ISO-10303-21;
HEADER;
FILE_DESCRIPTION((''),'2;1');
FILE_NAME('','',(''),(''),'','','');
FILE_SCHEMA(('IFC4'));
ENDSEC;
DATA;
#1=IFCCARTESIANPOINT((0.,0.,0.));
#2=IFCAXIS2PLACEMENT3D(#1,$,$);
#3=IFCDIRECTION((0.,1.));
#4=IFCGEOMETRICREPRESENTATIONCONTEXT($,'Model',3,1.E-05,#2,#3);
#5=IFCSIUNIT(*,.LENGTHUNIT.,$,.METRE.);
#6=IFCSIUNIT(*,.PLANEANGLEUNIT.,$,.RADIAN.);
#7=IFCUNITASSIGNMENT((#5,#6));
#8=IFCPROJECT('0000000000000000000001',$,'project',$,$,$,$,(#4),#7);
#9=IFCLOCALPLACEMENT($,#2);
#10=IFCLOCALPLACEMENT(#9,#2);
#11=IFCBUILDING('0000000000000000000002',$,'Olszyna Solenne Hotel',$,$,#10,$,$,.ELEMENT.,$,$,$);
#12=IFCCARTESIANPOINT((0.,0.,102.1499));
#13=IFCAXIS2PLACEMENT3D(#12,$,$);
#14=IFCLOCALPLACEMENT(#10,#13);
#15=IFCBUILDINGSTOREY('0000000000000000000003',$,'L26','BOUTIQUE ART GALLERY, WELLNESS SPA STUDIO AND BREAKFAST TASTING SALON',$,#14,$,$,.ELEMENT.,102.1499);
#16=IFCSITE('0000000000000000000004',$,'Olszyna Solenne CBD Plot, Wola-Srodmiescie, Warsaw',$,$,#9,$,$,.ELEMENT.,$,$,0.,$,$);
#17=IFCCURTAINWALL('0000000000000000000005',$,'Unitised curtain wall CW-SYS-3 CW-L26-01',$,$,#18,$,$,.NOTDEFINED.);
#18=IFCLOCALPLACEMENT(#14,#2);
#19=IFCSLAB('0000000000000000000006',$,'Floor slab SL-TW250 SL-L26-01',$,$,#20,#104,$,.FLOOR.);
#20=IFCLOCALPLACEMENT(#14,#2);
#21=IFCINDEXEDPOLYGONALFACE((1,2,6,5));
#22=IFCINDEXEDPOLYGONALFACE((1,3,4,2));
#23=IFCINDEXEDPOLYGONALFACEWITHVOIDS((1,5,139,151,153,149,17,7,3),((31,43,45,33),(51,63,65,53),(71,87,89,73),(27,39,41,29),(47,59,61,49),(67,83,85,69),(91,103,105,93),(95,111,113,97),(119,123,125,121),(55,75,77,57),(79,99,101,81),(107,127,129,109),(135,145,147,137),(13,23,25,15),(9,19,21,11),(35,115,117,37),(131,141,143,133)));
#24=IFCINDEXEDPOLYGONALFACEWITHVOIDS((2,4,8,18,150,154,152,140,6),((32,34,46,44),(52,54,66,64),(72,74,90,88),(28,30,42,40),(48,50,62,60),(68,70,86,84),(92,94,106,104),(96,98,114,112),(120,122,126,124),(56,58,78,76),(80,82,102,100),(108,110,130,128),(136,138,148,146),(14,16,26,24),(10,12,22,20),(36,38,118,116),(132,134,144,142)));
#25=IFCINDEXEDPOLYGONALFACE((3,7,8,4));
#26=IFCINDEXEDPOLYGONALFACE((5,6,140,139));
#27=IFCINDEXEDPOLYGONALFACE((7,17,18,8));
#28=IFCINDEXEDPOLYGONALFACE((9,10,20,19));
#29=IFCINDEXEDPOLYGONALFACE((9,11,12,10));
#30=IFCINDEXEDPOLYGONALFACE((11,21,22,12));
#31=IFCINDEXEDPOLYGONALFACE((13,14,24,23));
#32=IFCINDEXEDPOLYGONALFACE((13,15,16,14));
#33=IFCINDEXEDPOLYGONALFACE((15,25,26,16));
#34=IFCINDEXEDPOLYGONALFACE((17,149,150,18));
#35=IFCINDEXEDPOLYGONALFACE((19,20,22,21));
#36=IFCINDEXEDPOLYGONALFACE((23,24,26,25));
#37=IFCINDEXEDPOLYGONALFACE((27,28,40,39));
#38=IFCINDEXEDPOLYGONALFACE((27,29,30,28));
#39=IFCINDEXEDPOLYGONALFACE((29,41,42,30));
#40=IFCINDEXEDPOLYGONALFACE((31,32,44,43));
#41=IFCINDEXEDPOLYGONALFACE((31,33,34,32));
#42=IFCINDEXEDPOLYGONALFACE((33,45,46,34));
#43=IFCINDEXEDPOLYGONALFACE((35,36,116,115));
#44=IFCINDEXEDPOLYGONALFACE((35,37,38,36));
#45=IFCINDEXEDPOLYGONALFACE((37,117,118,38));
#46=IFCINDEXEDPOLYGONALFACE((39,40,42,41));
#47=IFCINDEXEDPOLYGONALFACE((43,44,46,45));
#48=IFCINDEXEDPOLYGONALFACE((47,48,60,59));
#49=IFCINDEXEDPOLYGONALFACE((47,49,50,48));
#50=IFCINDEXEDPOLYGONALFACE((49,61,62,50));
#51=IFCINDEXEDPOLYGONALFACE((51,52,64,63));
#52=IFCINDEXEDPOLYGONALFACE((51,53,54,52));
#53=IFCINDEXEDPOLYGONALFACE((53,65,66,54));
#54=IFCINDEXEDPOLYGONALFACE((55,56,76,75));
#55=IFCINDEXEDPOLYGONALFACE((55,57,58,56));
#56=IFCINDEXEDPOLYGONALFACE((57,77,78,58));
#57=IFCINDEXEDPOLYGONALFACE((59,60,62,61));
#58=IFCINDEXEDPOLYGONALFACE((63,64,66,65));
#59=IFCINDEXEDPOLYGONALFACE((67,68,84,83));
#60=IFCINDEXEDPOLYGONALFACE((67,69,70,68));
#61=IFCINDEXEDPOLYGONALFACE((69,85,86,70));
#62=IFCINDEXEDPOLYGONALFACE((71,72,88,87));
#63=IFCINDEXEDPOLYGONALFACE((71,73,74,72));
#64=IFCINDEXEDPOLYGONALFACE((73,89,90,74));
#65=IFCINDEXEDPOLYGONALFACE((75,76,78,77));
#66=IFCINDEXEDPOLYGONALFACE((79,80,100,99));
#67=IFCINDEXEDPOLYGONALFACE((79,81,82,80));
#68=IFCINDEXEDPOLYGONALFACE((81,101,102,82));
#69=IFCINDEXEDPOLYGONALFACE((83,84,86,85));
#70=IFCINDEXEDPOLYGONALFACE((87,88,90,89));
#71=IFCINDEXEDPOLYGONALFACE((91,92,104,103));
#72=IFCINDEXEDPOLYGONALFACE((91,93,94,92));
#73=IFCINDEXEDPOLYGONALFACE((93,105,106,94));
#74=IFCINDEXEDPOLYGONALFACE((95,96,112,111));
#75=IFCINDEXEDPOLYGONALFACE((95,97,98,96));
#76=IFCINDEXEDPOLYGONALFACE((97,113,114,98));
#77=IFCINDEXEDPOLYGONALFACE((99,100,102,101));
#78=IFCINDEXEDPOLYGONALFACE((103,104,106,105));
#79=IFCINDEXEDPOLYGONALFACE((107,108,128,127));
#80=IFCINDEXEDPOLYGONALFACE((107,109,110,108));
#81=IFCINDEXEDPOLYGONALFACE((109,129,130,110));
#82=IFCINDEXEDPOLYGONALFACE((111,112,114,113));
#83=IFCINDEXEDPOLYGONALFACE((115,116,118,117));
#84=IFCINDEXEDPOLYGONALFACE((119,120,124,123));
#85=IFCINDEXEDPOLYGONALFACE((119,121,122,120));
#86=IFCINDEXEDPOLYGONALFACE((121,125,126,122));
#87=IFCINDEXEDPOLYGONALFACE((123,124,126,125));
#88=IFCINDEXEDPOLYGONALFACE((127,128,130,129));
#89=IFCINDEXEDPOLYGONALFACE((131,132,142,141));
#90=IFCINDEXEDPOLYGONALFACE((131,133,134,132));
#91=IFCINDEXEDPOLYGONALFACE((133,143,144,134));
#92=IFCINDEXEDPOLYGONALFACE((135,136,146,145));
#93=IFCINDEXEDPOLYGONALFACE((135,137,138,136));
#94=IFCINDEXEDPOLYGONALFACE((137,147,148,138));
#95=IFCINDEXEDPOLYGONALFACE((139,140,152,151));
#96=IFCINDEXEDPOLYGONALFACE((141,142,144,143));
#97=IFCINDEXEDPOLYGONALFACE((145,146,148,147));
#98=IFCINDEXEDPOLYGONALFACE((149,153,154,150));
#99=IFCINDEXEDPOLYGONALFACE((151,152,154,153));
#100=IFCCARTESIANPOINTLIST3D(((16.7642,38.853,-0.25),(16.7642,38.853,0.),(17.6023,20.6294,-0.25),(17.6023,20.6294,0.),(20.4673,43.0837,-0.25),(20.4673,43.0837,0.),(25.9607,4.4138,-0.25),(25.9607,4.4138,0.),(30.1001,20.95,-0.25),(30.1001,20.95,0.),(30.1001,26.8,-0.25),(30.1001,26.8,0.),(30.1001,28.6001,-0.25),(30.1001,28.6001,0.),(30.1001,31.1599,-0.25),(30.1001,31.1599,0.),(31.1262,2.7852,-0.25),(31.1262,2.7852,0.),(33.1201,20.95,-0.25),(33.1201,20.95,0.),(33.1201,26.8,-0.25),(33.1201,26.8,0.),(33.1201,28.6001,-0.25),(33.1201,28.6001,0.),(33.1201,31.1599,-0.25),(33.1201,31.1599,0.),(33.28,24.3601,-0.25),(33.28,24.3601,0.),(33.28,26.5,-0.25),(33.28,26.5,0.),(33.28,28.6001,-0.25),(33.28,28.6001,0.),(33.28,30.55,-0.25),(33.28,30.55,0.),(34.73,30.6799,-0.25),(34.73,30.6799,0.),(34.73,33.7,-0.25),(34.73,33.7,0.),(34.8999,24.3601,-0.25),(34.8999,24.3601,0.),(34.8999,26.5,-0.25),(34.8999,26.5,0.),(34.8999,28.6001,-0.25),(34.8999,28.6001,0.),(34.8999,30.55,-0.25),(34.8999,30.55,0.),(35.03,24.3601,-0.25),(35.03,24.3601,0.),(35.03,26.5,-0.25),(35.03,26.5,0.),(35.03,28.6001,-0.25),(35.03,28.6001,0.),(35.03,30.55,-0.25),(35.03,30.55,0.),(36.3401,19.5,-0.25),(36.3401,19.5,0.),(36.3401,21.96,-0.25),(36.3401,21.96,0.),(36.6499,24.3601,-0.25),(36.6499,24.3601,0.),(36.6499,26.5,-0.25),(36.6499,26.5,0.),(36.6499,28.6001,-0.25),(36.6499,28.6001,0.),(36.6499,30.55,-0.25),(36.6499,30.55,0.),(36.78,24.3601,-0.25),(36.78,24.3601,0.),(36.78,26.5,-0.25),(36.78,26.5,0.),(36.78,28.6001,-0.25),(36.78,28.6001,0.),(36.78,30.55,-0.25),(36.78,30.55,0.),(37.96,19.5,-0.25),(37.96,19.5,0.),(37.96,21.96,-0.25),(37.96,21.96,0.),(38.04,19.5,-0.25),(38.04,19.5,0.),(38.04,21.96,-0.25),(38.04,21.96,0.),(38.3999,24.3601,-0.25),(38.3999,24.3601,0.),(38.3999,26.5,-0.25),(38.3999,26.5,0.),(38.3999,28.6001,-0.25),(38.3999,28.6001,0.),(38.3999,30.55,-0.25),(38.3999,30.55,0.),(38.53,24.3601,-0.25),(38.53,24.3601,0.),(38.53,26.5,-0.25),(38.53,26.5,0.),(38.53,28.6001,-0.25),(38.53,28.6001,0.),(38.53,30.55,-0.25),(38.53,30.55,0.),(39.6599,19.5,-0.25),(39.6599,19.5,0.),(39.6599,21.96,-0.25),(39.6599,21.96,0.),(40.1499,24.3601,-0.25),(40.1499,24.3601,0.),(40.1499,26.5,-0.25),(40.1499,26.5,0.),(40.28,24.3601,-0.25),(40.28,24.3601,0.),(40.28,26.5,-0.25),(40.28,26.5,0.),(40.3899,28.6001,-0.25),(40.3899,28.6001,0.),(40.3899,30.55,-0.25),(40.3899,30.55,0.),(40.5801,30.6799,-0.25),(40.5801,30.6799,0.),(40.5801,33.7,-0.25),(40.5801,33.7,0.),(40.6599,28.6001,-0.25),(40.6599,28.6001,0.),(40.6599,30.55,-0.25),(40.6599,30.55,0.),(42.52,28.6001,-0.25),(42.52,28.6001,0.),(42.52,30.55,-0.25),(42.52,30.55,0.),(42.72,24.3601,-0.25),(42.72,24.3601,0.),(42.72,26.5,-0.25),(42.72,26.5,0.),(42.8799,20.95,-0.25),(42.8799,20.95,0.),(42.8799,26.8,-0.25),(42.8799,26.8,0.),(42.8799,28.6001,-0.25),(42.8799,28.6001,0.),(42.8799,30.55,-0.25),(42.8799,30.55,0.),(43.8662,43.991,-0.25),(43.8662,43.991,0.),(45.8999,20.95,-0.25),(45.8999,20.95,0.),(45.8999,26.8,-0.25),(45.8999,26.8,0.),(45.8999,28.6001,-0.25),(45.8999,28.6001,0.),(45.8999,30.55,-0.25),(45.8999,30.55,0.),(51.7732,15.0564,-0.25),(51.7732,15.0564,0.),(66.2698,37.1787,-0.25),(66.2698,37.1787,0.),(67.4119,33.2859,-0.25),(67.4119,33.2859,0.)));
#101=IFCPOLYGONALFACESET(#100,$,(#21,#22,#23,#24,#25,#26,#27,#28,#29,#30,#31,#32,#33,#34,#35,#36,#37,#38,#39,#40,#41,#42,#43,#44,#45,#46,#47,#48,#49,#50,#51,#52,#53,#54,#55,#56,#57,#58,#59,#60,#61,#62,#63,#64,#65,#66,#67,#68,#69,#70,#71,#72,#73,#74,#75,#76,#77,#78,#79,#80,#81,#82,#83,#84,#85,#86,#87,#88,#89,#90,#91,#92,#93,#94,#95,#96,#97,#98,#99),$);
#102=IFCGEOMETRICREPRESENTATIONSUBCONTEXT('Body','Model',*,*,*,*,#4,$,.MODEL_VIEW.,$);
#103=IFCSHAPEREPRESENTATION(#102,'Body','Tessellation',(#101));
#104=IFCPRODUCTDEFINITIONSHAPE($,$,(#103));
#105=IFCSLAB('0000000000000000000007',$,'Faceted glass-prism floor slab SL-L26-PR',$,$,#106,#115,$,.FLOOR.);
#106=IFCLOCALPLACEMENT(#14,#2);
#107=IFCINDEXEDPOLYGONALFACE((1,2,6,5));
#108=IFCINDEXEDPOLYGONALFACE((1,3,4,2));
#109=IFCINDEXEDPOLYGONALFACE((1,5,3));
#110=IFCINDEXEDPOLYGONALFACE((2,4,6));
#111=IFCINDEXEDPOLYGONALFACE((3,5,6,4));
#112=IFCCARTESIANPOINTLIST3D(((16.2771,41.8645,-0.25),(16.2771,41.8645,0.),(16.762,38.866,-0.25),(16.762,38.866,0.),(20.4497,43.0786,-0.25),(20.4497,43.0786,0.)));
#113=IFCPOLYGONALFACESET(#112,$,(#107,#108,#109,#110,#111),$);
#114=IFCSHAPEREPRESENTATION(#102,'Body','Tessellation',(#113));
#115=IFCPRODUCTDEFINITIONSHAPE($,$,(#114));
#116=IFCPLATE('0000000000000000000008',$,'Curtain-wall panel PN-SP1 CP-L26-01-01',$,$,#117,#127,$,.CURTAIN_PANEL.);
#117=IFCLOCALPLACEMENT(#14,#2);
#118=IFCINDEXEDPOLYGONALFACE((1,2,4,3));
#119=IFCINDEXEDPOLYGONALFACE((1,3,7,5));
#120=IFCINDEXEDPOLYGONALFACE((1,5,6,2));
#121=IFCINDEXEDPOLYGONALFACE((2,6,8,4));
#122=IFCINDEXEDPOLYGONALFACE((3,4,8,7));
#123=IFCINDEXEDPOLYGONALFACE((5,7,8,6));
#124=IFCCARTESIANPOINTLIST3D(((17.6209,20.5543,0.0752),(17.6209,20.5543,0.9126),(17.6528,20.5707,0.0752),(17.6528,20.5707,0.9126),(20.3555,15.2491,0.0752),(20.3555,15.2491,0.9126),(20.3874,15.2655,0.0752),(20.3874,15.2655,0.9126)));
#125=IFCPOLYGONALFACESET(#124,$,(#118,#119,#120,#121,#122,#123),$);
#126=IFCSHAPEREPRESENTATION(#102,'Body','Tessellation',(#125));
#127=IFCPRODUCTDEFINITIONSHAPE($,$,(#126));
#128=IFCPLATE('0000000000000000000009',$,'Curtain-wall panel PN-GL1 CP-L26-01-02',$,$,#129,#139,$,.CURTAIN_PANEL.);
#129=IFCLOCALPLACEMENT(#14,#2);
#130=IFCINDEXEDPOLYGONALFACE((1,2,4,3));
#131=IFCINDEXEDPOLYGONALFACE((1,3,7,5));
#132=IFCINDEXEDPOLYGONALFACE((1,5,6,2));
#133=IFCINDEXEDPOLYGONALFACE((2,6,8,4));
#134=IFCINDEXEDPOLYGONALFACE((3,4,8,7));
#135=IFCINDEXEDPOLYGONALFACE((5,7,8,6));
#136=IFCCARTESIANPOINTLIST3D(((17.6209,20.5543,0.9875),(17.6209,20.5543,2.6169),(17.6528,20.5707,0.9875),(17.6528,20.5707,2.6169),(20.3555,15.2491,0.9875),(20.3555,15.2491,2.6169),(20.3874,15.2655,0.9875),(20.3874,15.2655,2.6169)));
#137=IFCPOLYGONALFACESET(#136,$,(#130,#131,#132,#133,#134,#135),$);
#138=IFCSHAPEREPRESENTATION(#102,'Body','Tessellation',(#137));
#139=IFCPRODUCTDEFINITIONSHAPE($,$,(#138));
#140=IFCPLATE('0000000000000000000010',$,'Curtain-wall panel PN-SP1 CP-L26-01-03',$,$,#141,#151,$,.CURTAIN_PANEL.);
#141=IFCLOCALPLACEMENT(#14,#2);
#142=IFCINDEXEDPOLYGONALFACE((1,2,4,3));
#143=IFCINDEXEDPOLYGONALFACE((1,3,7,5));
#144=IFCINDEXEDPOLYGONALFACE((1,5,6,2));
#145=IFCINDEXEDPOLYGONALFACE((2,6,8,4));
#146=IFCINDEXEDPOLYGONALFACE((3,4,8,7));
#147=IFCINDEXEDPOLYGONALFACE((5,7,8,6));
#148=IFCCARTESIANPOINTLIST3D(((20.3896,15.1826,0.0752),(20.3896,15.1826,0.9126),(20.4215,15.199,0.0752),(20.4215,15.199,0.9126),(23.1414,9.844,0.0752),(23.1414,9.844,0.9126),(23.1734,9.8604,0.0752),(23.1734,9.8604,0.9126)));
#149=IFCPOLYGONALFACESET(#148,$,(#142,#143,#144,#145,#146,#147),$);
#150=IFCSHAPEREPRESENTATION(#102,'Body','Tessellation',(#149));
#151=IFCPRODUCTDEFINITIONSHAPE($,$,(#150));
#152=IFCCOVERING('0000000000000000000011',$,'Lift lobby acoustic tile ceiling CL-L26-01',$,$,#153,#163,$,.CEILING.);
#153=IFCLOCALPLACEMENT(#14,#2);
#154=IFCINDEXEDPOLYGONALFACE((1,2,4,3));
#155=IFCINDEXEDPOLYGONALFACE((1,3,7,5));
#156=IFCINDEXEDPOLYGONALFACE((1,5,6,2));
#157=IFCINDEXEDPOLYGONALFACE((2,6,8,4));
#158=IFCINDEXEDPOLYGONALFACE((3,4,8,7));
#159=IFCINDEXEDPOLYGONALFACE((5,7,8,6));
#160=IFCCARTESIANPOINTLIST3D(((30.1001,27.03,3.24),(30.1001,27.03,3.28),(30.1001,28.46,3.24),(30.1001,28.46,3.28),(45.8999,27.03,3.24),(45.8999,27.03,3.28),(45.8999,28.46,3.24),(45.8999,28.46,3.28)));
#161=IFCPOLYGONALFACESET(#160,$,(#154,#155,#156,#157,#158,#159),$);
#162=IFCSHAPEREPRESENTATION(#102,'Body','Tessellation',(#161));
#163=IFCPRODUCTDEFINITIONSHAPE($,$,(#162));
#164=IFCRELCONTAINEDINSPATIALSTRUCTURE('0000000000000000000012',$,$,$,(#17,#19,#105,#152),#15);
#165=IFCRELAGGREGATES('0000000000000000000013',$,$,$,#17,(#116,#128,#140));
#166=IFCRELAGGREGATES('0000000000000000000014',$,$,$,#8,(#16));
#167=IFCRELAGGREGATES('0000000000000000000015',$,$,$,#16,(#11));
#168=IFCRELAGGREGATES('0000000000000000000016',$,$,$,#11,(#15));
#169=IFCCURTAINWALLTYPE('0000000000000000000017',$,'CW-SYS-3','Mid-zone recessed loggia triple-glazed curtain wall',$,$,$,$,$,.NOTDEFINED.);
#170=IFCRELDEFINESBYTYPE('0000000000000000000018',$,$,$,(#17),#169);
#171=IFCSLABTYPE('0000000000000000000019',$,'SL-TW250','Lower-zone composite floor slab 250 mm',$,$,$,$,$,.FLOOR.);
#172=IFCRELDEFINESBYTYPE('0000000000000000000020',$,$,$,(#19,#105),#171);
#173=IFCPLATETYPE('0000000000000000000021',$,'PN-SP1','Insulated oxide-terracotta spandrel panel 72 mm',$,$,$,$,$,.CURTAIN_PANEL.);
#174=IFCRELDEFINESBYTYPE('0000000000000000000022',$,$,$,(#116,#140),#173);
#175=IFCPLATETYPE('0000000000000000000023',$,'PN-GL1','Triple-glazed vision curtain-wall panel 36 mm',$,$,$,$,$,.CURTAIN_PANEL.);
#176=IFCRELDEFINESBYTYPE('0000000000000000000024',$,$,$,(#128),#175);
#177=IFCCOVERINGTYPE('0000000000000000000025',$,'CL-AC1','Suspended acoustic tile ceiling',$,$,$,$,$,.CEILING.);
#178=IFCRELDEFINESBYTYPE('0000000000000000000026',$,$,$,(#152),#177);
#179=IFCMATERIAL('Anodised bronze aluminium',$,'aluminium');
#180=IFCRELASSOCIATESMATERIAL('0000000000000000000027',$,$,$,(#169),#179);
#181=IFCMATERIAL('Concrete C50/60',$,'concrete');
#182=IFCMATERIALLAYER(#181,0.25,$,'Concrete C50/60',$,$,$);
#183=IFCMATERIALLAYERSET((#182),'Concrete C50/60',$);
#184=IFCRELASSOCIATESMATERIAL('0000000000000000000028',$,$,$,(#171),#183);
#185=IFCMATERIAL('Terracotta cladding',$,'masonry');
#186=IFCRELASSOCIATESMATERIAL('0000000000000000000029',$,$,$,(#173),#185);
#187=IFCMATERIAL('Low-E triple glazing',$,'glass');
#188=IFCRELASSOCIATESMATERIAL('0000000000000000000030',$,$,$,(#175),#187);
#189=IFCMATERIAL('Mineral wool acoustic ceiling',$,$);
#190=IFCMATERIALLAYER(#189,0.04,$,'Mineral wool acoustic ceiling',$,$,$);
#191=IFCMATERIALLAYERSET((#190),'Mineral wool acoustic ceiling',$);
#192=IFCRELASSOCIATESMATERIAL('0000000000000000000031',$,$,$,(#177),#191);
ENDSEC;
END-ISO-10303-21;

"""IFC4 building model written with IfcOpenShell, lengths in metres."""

from ifc_helpers import new_model, si_unit, direction, frame, origin, origin_2d, place, context, subcontext, project, spatial, polyline, rectangle, outline, extrude, source, transform, mapped, material, layer, layer_set, type_object, element, aggregate, save


model = new_model("IFC4")

# Units and contexts
model_context = context("Model", 3, precision=1e-05, world=origin(), true_north=direction((0.0, 1.0)))
body_context = subcontext(model_context, "Body", "Model", "MODEL_VIEW")
ifc_project = project(units=[si_unit("LENGTHUNIT", "METRE"), si_unit("PLANEANGLEUNIT", "RADIAN")], contexts=[model_context])

# Site, building, storey
site_placement = place(None, origin())
site = spatial("IfcSite", under=ifc_project, at=site_placement, Name="Olszyna Solenne CBD Plot, Wola-Srodmiescie, Warsaw", CompositionType="ELEMENT", RefElevation=0.0)
building_placement = place(site_placement, origin())
building = spatial("IfcBuilding", under=site, at=building_placement, Name="Olszyna Solenne Hotel", CompositionType="ELEMENT")
storey_placement = place(building_placement, frame((0.0, 0.0, 102.1499)))
storey = spatial("IfcBuildingStorey", under=building, at=storey_placement, Name="L26", Description="BOUTIQUE ART GALLERY, WELLNESS SPA STUDIO AND BREAKFAST TASTING SALON", CompositionType="ELEMENT", Elevation=102.1499)

# Curtain wall
ifc_material_1 = material(Name="Anodised bronze aluminium", Category="aluminium")
curtain_wall_type = type_object("IfcCurtainWallType", Name="CW-SYS-3", Description="Mid-zone recessed loggia triple-glazed curtain wall", PredefinedType="NOTDEFINED", material=ifc_material_1)
curtain_wall_placement = place(storey_placement, origin())
curtain_wall = element("IfcCurtainWall", 1, at=curtain_wall_placement, inside=storey, type_object=curtain_wall_type, Name="Unitised curtain wall CW-SYS-3 CW-L26-01", PredefinedType="NOTDEFINED")

# Slabs
ifc_material_2 = material(Name="Concrete C50/60", Category="concrete")
ifc_layer_1 = layer(ifc_material_2, 0.25, Name="Concrete C50/60")
ifc_layer_set_1 = layer_set([ifc_layer_1], Name="Concrete C50/60")
slab_type_1 = type_object("IfcSlabType", Name="SL-TW250", Description="Lower-zone composite floor slab 250 mm", PredefinedType="FLOOR", material=ifc_layer_set_1)
slab_1_placement = place(storey_placement, frame((0.0, 0.0, -0.25)))
element("IfcSlab", 2, at=slab_1_placement, inside=storey, type_object=slab_type_1, Name="Floor slab SL-TW250 SL-L26-01", PredefinedType="FLOOR", context=body_context, shape_type="SweptSolid", body=[
    extrude(outline(polyline([(67.4119, 33.2859), (66.2698, 37.1787), (43.8662, 43.991), (20.4673, 43.0837), (16.7642, 38.853), (17.6023, 20.6294), (25.9607, 4.4138), (31.1262, 2.7852), (51.7732, 15.0564), (67.4119, 33.2859)]), holes=[polyline([(30.1001, 20.95), (33.1201, 20.95), (33.1201, 26.8), (30.1001, 26.8), (30.1001, 20.95)]), polyline([(42.8799, 20.95), (45.8999, 20.95), (45.8999, 26.8), (42.8799, 26.8), (42.8799, 20.95)]), polyline([(34.73, 30.6799), (40.5801, 30.6799), (40.5801, 33.7), (34.73, 33.7), (34.73, 30.6799)]), polyline([(36.3401, 19.5), (37.96, 19.5), (37.96, 21.96), (36.3401, 21.96), (36.3401, 19.5)]), polyline([(38.04, 19.5), (39.6599, 19.5), (39.6599, 21.96), (38.04, 21.96), (38.04, 19.5)]), polyline([(30.1001, 28.6001), (33.1201, 28.6001), (33.1201, 31.1599), (30.1001, 31.1599), (30.1001, 28.6001)]), polyline([(33.28, 24.3601), (34.8999, 24.3601), (34.8999, 26.5), (33.28, 26.5), (33.28, 24.3601)]), polyline([(35.03, 24.3601), (36.6499, 24.3601), (36.6499, 26.5), (35.03, 26.5), (35.03, 24.3601)]), polyline([(36.78, 24.3601), (38.3999, 24.3601), (38.3999, 26.5), (36.78, 26.5), (36.78, 24.3601)]), polyline([(38.53, 24.3601), (40.1499, 24.3601), (40.1499, 26.5), (38.53, 26.5), (38.53, 24.3601)]), polyline([(40.28, 24.3601), (42.72, 24.3601), (42.72, 26.5), (40.28, 26.5), (40.28, 24.3601)]), polyline([(33.28, 28.6001), (34.8999, 28.6001), (34.8999, 30.55), (33.28, 30.55), (33.28, 28.6001)]), polyline([(35.03, 28.6001), (36.6499, 28.6001), (36.6499, 30.55), (35.03, 30.55), (35.03, 28.6001)]), polyline([(36.78, 28.6001), (38.3999, 28.6001), (38.3999, 30.55), (36.78, 30.55), (36.78, 28.6001)]), polyline([(38.53, 28.6001), (40.3899, 28.6001), (40.3899, 30.55), (38.53, 30.55), (38.53, 28.6001)]), polyline([(40.6599, 28.6001), (42.52, 28.6001), (42.52, 30.55), (40.6599, 30.55), (40.6599, 28.6001)]), polyline([(42.8799, 28.6001), (45.8999, 28.6001), (45.8999, 30.55), (42.8799, 30.55), (42.8799, 28.6001)])]), origin(), (0.0, 0.0, 1.0), 0.25),
])
slab_2_placement = place(storey_placement, frame((0.0, 0.0, -0.25)))
element("IfcSlab", 3, at=slab_2_placement, inside=storey, type_object=slab_type_1, Name="Faceted glass-prism floor slab SL-L26-PR", PredefinedType="FLOOR", context=body_context, shape_type="SweptSolid", body=[
    extrude(outline(polyline([(16.762, 38.866), (20.4497, 43.0786), (16.2771, 41.8645), (16.762, 38.866)])), origin(), (0.0, 0.0, 1.0), 0.25),
])

# Plates
ifc_material_3 = material(Name="Terracotta cladding", Category="masonry")
plate_type_1 = type_object("IfcPlateType", Name="PN-SP1", Description="Insulated oxide-terracotta spandrel panel 72 mm", PredefinedType="CURTAIN_PANEL", material=ifc_material_3)
shared_shape_1 = source(origin(), body_context, "Body", "SweptSolid", [
    extrude(rectangle(XDim=5.9685, YDim=0.0359, at=origin_2d()), origin(), (0.0, 0.0, 1.0), 0.8374),
])
plate_1_placement = place(storey_placement, frame((19.0042, 17.9099, 0.0752), z_axis=(0.0, 0.0, 1.0), x_axis=(0.458169, -0.888865, 0.0)))
plate_1 = element("IfcPlate", 4, at=plate_1_placement, type_object=plate_type_1, Name="Curtain-wall panel PN-SP1 CP-L26-01-01", PredefinedType="CURTAIN_PANEL", context=body_context, shape_type="MappedRepresentation", body=[
    mapped(shared_shape_1, transform((0.0, 0.0, 0.0), x_axis=(1.0, 0.0, 0.0), y_axis=(0.0, 1.0, 0.0), z_axis=(0.0, 0.0, 1.0), scale=1.0)),
])
ifc_material_4 = material(Name="Low-E triple glazing", Category="glass")
plate_type_2 = type_object("IfcPlateType", Name="PN-GL1", Description="Triple-glazed vision curtain-wall panel 36 mm", PredefinedType="CURTAIN_PANEL", material=ifc_material_4)
shared_shape_2 = source(origin(), body_context, "Body", "SweptSolid", [
    extrude(rectangle(XDim=5.9685, YDim=0.0359, at=origin_2d()), origin(), (0.0, 0.0, 1.0), 1.6294),
])
plate_2_placement = place(storey_placement, frame((19.0042, 17.9099, 0.9875), z_axis=(0.0, 0.0, 1.0), x_axis=(0.458169, -0.888865, 0.0)))
plate_2 = element("IfcPlate", 5, at=plate_2_placement, type_object=plate_type_2, Name="Curtain-wall panel PN-GL1 CP-L26-01-02", PredefinedType="CURTAIN_PANEL", context=body_context, shape_type="MappedRepresentation", body=[
    mapped(shared_shape_2, transform((0.0, 0.0, 0.0), x_axis=(1.0, 0.0, 0.0), y_axis=(0.0, 1.0, 0.0), z_axis=(0.0, 0.0, 1.0), scale=1.0)),
])
shared_shape_3 = source(origin(), body_context, "Body", "SweptSolid", [
    extrude(rectangle(XDim=6.0061, YDim=0.0359, at=origin_2d()), origin(), (0.0, 0.0, 1.0), 0.8374),
])
plate_3_placement = place(storey_placement, frame((21.7815, 12.5215, 0.0752), z_axis=(0.0, 0.0, 1.0), x_axis=(0.458169, -0.888865, 0.0)))
plate_3 = element("IfcPlate", 6, at=plate_3_placement, type_object=plate_type_1, Name="Curtain-wall panel PN-SP1 CP-L26-01-03", PredefinedType="CURTAIN_PANEL", context=body_context, shape_type="MappedRepresentation", body=[
    mapped(shared_shape_3, transform((0.0, 0.0, 0.0), x_axis=(1.0, 0.0, 0.0), y_axis=(0.0, 1.0, 0.0), z_axis=(0.0, 0.0, 1.0), scale=1.0)),
])
aggregate(curtain_wall, [plate_1, plate_2, plate_3])

# Covering
ifc_material_5 = material(Name="Mineral wool acoustic ceiling")
ifc_layer_2 = layer(ifc_material_5, 0.04, Name="Mineral wool acoustic ceiling")
ifc_layer_set_2 = layer_set([ifc_layer_2], Name="Mineral wool acoustic ceiling")
covering_type_1 = type_object("IfcCoveringType", Name="CL-AC1", Description="Suspended acoustic tile ceiling", PredefinedType="CEILING", material=ifc_layer_set_2)
covering_1_placement = place(storey_placement, frame((0.0, 0.0, 3.24)))
element("IfcCovering", 7, at=covering_1_placement, inside=storey, type_object=covering_type_1, Name="Lift lobby acoustic tile ceiling CL-L26-01", PredefinedType="CEILING", context=body_context, shape_type="SweptSolid", body=[
    extrude(outline(polyline([(30.1001, 27.03), (45.8999, 27.03), (45.8999, 28.46), (30.1001, 28.46), (30.1001, 27.03)])), origin(), (0.0, 0.0, 1.0), 0.04),
])

save(model, "model.ifc")
